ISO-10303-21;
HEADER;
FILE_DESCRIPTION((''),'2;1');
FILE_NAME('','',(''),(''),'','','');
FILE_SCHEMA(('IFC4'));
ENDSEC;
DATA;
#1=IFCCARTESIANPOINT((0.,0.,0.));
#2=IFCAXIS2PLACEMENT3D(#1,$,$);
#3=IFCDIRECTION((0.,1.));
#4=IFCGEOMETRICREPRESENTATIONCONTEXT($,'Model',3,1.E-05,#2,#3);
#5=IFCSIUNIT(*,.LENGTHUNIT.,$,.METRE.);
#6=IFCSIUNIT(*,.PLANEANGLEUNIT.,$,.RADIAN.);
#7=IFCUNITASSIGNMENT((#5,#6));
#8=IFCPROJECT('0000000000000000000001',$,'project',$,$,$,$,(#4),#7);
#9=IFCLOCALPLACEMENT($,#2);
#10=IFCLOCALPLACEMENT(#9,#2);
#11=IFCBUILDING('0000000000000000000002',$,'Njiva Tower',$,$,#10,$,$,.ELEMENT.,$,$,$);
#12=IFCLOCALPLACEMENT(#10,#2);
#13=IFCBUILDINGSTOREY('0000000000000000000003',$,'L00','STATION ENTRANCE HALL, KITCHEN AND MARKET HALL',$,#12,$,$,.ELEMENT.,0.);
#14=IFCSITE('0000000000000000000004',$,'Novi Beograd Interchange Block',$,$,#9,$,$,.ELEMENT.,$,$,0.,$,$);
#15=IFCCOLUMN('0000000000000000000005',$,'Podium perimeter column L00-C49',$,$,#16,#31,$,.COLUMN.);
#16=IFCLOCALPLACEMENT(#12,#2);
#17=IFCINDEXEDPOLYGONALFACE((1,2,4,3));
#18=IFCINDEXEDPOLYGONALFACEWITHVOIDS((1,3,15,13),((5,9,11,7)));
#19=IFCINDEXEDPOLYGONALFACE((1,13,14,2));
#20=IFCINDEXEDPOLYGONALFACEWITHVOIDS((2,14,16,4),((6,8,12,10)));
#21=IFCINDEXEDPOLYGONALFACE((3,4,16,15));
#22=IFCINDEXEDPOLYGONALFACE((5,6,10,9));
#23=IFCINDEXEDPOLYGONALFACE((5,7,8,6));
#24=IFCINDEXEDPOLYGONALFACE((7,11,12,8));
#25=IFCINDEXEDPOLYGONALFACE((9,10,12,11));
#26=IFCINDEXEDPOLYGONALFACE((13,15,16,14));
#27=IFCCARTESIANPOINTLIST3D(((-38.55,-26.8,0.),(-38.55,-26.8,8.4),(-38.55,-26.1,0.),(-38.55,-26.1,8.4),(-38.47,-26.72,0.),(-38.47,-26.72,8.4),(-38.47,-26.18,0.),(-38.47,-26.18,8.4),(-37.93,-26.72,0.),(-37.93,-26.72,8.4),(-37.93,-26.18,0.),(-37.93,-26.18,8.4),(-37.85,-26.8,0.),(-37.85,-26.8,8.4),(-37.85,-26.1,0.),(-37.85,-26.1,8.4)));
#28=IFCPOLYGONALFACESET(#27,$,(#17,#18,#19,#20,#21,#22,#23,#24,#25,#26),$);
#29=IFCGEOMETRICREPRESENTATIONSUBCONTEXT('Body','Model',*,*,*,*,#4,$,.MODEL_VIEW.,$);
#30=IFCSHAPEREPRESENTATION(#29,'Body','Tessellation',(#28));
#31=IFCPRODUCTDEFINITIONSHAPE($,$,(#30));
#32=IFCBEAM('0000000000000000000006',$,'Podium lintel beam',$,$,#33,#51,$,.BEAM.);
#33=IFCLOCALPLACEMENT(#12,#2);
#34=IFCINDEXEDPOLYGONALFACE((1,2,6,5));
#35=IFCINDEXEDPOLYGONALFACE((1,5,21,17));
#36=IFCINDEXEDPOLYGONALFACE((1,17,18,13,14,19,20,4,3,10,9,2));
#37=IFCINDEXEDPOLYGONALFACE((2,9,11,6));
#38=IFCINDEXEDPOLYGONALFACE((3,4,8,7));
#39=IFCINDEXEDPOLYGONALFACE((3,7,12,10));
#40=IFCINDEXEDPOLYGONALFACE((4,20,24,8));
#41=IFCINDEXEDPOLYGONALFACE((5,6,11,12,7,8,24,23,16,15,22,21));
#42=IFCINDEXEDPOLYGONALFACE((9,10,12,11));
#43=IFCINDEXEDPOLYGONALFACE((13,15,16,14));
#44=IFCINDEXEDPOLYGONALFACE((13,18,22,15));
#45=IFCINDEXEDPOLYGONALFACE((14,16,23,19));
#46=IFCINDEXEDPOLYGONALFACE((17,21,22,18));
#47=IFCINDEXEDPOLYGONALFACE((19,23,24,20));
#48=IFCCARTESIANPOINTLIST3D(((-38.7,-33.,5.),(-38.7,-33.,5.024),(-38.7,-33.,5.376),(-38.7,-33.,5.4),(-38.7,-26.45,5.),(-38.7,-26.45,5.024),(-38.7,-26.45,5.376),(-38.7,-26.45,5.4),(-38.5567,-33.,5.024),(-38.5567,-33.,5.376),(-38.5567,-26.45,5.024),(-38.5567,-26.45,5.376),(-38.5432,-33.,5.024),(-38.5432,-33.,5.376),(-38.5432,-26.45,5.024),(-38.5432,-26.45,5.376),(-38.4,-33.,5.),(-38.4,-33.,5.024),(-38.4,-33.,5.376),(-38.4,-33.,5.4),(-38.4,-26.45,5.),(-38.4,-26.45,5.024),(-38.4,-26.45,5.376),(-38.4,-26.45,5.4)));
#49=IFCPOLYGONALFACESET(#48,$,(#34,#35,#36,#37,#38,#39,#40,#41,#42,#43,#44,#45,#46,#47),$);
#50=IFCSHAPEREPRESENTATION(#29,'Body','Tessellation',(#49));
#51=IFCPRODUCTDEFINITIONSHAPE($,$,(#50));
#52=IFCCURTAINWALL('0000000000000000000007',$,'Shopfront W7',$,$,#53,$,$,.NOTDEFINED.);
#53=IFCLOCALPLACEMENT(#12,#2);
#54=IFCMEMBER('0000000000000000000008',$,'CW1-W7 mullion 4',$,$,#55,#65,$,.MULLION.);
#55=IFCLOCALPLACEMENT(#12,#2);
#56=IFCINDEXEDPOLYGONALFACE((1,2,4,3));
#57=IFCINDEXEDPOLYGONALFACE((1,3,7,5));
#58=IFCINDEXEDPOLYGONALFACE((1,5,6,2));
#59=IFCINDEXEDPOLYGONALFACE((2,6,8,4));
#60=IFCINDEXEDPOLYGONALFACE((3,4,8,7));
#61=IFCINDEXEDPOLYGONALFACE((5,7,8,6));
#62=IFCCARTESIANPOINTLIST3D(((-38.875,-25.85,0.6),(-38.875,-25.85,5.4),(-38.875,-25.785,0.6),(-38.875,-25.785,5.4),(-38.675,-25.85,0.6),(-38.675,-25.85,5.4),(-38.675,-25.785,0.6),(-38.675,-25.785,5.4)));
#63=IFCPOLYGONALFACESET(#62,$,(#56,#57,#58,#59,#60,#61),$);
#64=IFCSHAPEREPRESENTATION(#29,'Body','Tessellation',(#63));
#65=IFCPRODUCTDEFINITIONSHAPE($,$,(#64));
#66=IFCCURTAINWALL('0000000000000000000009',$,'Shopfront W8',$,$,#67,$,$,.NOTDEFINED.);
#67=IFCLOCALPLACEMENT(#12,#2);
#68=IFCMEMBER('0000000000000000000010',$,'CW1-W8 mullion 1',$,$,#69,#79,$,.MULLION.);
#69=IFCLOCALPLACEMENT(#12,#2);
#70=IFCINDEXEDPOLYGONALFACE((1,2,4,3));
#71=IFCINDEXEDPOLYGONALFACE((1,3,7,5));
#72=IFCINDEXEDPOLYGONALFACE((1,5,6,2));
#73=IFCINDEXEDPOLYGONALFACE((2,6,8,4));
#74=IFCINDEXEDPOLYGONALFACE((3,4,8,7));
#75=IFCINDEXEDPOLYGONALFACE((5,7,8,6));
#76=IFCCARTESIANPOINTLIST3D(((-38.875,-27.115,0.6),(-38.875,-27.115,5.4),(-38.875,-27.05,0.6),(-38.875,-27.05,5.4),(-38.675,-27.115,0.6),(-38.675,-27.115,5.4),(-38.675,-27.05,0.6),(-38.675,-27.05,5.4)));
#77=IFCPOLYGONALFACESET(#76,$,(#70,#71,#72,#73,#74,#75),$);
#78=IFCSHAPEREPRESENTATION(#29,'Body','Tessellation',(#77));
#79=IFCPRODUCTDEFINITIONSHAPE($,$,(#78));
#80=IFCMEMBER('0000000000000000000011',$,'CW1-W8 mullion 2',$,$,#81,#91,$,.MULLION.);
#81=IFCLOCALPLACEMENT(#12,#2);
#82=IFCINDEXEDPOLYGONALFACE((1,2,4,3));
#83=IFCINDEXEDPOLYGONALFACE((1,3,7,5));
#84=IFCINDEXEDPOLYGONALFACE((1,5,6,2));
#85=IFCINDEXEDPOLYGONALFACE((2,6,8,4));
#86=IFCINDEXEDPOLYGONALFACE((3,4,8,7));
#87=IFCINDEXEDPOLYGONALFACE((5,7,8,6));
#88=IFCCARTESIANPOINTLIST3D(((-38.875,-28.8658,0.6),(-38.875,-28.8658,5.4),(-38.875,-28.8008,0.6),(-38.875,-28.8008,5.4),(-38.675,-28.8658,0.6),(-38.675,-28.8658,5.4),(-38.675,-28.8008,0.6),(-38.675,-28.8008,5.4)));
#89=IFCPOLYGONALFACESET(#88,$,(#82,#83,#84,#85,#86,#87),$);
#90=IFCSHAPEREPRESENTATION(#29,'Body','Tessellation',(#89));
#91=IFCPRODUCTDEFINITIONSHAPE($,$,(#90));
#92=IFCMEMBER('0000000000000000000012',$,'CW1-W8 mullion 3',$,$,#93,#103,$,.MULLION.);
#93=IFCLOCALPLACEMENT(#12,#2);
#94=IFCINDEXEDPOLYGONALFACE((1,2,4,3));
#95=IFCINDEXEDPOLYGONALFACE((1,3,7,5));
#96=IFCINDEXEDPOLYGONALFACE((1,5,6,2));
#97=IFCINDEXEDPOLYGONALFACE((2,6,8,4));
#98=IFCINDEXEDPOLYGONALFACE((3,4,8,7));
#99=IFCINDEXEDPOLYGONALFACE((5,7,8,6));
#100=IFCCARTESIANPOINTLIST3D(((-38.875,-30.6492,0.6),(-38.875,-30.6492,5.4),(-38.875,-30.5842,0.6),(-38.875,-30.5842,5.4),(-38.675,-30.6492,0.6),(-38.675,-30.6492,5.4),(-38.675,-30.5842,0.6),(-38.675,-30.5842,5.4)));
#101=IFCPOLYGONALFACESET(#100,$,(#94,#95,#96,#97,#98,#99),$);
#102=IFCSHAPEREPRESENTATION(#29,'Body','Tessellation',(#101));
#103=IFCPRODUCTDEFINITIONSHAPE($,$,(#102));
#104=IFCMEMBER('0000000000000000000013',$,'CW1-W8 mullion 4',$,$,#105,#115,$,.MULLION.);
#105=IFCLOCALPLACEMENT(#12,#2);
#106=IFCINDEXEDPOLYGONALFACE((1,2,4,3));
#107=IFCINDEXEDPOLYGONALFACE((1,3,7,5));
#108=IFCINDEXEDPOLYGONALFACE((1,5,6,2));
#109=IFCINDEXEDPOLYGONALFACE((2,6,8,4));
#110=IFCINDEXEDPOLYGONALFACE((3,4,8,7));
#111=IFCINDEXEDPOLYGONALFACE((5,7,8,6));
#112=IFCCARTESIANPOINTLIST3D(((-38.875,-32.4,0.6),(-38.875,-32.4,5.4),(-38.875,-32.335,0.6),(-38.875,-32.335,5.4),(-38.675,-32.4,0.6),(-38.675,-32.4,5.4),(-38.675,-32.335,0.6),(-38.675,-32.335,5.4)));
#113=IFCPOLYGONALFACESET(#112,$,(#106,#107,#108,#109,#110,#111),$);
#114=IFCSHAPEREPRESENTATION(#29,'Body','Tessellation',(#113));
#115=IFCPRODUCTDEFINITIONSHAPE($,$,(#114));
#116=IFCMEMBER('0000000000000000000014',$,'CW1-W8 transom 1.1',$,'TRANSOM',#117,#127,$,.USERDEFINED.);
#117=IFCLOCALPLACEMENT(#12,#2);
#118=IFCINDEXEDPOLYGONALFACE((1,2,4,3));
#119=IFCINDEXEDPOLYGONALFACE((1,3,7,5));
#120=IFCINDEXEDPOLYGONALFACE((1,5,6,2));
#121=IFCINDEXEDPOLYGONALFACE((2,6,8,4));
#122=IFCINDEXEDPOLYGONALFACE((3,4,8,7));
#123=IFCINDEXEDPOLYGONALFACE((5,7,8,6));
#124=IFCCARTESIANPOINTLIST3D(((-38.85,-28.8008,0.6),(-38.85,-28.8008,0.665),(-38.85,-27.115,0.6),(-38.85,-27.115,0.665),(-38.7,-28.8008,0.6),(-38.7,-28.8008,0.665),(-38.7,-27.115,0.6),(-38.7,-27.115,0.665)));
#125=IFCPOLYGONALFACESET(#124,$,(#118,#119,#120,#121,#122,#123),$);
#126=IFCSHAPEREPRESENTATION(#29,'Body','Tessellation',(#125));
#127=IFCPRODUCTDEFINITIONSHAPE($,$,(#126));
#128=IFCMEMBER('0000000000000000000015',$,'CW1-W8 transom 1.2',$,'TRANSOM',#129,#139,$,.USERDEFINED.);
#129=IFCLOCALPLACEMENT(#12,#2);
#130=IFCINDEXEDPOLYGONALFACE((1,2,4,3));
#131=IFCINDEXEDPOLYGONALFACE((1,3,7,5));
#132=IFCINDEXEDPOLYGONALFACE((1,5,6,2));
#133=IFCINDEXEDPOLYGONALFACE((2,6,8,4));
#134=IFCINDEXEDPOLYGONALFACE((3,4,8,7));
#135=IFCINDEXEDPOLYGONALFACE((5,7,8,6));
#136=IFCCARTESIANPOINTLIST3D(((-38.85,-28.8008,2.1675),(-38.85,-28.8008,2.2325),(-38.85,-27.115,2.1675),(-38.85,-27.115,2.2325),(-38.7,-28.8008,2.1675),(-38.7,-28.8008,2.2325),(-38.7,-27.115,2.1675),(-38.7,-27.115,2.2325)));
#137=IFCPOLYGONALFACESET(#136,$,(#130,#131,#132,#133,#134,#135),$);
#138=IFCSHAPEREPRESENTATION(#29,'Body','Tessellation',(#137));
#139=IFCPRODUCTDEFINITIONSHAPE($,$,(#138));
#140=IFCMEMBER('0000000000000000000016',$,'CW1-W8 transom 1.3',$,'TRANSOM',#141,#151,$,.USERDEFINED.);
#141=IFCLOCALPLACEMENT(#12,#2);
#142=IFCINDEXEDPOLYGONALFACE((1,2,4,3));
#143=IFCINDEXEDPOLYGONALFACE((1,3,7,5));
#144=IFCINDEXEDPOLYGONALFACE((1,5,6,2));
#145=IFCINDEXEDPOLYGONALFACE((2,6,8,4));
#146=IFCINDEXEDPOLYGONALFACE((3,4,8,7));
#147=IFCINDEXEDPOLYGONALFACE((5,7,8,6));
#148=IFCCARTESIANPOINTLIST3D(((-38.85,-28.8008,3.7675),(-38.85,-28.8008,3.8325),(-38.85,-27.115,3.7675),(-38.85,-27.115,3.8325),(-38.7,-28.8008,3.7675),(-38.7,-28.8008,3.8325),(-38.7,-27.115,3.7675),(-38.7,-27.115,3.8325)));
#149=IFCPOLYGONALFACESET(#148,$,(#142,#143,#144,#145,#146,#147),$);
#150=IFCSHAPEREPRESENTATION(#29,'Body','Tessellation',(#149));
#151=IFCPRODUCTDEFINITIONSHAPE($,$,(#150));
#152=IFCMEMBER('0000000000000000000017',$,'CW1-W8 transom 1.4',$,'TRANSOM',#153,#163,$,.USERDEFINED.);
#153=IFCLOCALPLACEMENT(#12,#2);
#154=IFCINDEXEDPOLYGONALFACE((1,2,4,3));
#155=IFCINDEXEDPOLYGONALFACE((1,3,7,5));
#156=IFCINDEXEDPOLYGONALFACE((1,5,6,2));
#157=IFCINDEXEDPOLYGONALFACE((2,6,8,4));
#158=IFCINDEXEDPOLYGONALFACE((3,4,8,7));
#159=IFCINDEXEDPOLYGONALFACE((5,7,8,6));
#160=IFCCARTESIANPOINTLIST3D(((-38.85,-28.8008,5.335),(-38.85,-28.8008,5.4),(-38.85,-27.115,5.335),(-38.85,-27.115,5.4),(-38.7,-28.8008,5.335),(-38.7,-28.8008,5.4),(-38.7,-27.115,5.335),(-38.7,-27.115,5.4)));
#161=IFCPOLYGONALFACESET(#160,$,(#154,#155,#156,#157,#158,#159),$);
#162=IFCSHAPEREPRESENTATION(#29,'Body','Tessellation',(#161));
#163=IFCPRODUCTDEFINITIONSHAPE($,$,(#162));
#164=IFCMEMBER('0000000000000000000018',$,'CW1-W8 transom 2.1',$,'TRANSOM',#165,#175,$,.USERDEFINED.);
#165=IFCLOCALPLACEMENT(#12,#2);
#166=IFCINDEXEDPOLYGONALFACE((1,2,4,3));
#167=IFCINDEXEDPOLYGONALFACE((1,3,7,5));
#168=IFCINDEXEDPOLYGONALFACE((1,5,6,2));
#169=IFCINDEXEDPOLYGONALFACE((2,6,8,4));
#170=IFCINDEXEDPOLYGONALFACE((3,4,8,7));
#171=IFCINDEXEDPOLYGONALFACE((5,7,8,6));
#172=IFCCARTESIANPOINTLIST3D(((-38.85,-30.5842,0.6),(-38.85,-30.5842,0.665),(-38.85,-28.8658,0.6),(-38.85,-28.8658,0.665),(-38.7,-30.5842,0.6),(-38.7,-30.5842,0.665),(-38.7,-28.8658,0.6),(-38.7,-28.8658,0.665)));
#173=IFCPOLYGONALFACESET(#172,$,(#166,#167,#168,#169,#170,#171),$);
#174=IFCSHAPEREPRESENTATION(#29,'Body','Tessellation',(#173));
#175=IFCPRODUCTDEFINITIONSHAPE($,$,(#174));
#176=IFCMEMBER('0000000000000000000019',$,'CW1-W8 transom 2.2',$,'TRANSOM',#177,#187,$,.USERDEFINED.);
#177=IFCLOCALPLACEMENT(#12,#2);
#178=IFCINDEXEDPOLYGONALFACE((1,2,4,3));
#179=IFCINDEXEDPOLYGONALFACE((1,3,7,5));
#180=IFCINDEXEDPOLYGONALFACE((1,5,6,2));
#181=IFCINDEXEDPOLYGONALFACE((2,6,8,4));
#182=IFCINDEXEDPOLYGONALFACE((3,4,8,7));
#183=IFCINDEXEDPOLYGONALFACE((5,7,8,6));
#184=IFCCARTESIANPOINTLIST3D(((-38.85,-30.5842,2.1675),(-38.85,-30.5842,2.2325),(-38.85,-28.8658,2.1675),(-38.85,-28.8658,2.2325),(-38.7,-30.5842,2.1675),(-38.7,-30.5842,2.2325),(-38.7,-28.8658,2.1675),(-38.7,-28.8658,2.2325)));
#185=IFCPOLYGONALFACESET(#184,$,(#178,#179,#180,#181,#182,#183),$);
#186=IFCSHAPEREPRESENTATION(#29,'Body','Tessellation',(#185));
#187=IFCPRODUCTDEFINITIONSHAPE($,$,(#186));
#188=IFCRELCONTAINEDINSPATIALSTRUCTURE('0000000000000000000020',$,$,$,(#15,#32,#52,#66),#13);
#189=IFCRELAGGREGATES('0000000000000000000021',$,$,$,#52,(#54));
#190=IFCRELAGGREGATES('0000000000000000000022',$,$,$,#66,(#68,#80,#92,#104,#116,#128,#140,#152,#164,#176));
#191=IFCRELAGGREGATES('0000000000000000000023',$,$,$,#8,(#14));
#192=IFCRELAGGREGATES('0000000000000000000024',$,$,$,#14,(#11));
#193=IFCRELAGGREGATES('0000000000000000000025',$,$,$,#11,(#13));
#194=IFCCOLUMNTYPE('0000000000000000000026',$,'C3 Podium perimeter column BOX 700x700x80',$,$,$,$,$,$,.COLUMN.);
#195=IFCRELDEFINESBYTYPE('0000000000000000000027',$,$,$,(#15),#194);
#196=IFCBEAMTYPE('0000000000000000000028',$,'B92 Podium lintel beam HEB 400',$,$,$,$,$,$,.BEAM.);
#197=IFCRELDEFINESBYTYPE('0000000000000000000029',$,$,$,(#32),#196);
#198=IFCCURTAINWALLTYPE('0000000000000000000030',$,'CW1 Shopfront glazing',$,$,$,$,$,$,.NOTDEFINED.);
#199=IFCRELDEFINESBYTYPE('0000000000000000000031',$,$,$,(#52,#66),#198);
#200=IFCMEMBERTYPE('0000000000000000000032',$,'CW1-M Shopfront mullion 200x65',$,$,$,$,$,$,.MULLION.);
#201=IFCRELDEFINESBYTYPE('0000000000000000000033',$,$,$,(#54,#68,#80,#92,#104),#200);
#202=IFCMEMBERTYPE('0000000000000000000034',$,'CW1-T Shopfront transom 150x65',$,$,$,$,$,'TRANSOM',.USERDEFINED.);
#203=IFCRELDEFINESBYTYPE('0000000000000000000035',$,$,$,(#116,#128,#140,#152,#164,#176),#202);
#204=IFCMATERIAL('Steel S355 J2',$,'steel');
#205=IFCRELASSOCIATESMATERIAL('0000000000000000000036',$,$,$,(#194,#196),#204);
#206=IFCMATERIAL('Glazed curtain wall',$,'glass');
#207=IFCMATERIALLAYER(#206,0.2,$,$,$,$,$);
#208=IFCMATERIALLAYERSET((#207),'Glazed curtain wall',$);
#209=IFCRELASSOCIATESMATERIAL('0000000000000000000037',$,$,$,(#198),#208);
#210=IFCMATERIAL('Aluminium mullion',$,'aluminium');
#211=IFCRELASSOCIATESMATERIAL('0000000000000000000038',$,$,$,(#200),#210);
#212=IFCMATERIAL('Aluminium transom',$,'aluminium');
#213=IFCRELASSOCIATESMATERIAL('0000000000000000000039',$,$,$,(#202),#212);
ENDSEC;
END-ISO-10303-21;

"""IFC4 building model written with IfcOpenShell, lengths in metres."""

from ifc_helpers import new_model, si_unit, direction, frame, origin, origin_2d, place, context, subcontext, project, spatial, rectangle, hollow_rectangle, i_section, extrude, material, layer, layer_set, material_profile, profile_set, type_object, element, aggregate, save


model = new_model("IFC4")

# Units and contexts
model_context = context("Model", 3, precision=1e-05, world=origin(), true_north=direction((0.0, 1.0)))
body_context = subcontext(model_context, "Body", "Model", "MODEL_VIEW")
ifc_project = project(units=[si_unit("LENGTHUNIT", "METRE"), si_unit("PLANEANGLEUNIT", "RADIAN")], contexts=[model_context])

# Site, building, storey
site_placement = place(None, origin())
site = spatial("IfcSite", under=ifc_project, at=site_placement, Name="Novi Beograd Interchange Block", CompositionType="ELEMENT", RefElevation=0.0)
building_placement = place(site_placement, origin())
building = spatial("IfcBuilding", under=site, at=building_placement, Name="Njiva Tower", CompositionType="ELEMENT")
storey_placement = place(building_placement, origin())
storey = spatial("IfcBuildingStorey", under=building, at=storey_placement, Name="L00", Description="STATION ENTRANCE HALL, KITCHEN AND MARKET HALL", CompositionType="ELEMENT", Elevation=0.0)

# Column
ifc_material_1 = material(Name="Steel S355 J2", Category="steel")
ifc_material_profile_1 = material_profile(ifc_material_1, hollow_rectangle(XDim=0.7, YDim=0.7, WallThickness=0.08, at=origin_2d()), Name="BOX 700x700x80")
ifc_profile_set_1 = profile_set([ifc_material_profile_1], Name="Steel S355 J2")
column_type = type_object("IfcColumnType", Name="C3 Podium perimeter column BOX 700x700x80", PredefinedType="COLUMN", material=ifc_profile_set_1)
column_placement = place(storey_placement, frame((-38.2, -26.45, 0.0), z_axis=(0.0, 0.0, 1.0), x_axis=(0.0, -1.0, 0.0)))
element("IfcColumn", 1, at=column_placement, inside=storey, type_object=column_type, Name="Podium perimeter column L00-C49", PredefinedType="COLUMN", context=body_context, shape_type="SweptSolid", body=[
    extrude(hollow_rectangle(XDim=0.7, YDim=0.7, WallThickness=0.08, at=origin_2d()), origin(), (0.0, 0.0, 1.0), 8.4),
])

# Beam
ifc_material_profile_2 = material_profile(ifc_material_1, i_section(OverallWidth=0.3, OverallDepth=0.4, WebThickness=0.0135, FlangeThickness=0.024, at=origin_2d()), Name="HEB400")
ifc_profile_set_2 = profile_set([ifc_material_profile_2], Name="Steel S355 J2")
beam_type = type_object("IfcBeamType", Name="B92 Podium lintel beam HEB 400", PredefinedType="BEAM", material=ifc_profile_set_2)
beam_placement = place(storey_placement, frame((-38.55, -26.45, 5.2), z_axis=(0.0, -1.0, 0.0), x_axis=(1.0, 0.0, 0.0)))
element("IfcBeam", 2, at=beam_placement, inside=storey, type_object=beam_type, Name="Podium lintel beam", PredefinedType="BEAM", context=body_context, shape_type="SweptSolid", body=[
    extrude(i_section(OverallWidth=0.3, OverallDepth=0.4, WebThickness=0.0135, FlangeThickness=0.024, at=origin_2d()), origin(), (0.0, 0.0, 1.0), 6.55),
])

# Curtain wall, member
ifc_material_2 = material(Name="Glazed curtain wall", Category="glass")
ifc_layer_1 = layer(ifc_material_2, 0.2)
ifc_layer_set_1 = layer_set([ifc_layer_1], Name="Glazed curtain wall")
curtain_wall_type = type_object("IfcCurtainWallType", Name="CW1 Shopfront glazing", PredefinedType="NOTDEFINED", material=ifc_layer_set_1)
curtain_wall_1_placement = place(storey_placement, origin())
curtain_wall_1 = element("IfcCurtainWall", 3, at=curtain_wall_1_placement, inside=storey, type_object=curtain_wall_type, Name="Shopfront W7", PredefinedType="NOTDEFINED")
ifc_material_3 = material(Name="Aluminium mullion", Category="aluminium")
ifc_material_profile_3 = material_profile(ifc_material_3, rectangle(XDim=0.2, YDim=0.065, at=origin_2d()), Name="RECT 200x65")
ifc_profile_set_3 = profile_set([ifc_material_profile_3], Name="Aluminium mullion")
member_type_1 = type_object("IfcMemberType", Name="CW1-M Shopfront mullion 200x65", PredefinedType="MULLION", material=ifc_profile_set_3)
member_1_placement = place(storey_placement, frame((-38.775, -25.8175, 0.6), z_axis=(0.0, 0.0, 1.0), x_axis=(1.0, 0.0, 0.0)))
member_1 = element("IfcMember", 4, at=member_1_placement, type_object=member_type_1, Name="CW1-W7 mullion 4", PredefinedType="MULLION", context=body_context, shape_type="SweptSolid", body=[
    extrude(rectangle(XDim=0.2, YDim=0.065, at=origin_2d()), origin(), (0.0, 0.0, 1.0), 4.8),
])

# Curtain wall, members
curtain_wall_2_placement = place(storey_placement, origin())
curtain_wall_2 = element("IfcCurtainWall", 5, at=curtain_wall_2_placement, inside=storey, type_object=curtain_wall_type, Name="Shopfront W8", PredefinedType="NOTDEFINED")
member_2_placement = place(storey_placement, frame((-38.775, -27.0825, 0.6), z_axis=(0.0, 0.0, 1.0), x_axis=(1.0, 0.0, 0.0)))
member_2 = element("IfcMember", 6, at=member_2_placement, type_object=member_type_1, Name="CW1-W8 mullion 1", PredefinedType="MULLION", context=body_context, shape_type="SweptSolid", body=[
    extrude(rectangle(XDim=0.2, YDim=0.065, at=origin_2d()), origin(), (0.0, 0.0, 1.0), 4.8),
])
member_3_placement = place(storey_placement, frame((-38.775, -28.8333, 0.6), z_axis=(0.0, 0.0, 1.0), x_axis=(1.0, 0.0, 0.0)))
member_3 = element("IfcMember", 7, at=member_3_placement, type_object=member_type_1, Name="CW1-W8 mullion 2", PredefinedType="MULLION", context=body_context, shape_type="SweptSolid", body=[
    extrude(rectangle(XDim=0.2, YDim=0.065, at=origin_2d()), origin(), (0.0, 0.0, 1.0), 4.8),
])
member_4_placement = place(storey_placement, frame((-38.775, -30.6167, 0.6), z_axis=(0.0, 0.0, 1.0), x_axis=(1.0, 0.0, 0.0)))
member_4 = element("IfcMember", 8, at=member_4_placement, type_object=member_type_1, Name="CW1-W8 mullion 3", PredefinedType="MULLION", context=body_context, shape_type="SweptSolid", body=[
    extrude(rectangle(XDim=0.2, YDim=0.065, at=origin_2d()), origin(), (0.0, 0.0, 1.0), 4.8),
])
member_5_placement = place(storey_placement, frame((-38.775, -32.3675, 0.6), z_axis=(0.0, 0.0, 1.0), x_axis=(1.0, 0.0, 0.0)))
member_5 = element("IfcMember", 9, at=member_5_placement, type_object=member_type_1, Name="CW1-W8 mullion 4", PredefinedType="MULLION", context=body_context, shape_type="SweptSolid", body=[
    extrude(rectangle(XDim=0.2, YDim=0.065, at=origin_2d()), origin(), (0.0, 0.0, 1.0), 4.8),
])
ifc_material_4 = material(Name="Aluminium transom", Category="aluminium")
ifc_material_profile_4 = material_profile(ifc_material_4, rectangle(XDim=0.15, YDim=0.065, at=origin_2d()), Name="RECT 150x65")
ifc_profile_set_4 = profile_set([ifc_material_profile_4], Name="Aluminium transom")
member_type_2 = type_object("IfcMemberType", Name="CW1-T Shopfront transom 150x65", ElementType="TRANSOM", PredefinedType="USERDEFINED", material=ifc_profile_set_4)
member_6_placement = place(storey_placement, frame((-38.775, -27.115, 0.6325), z_axis=(0.0, -1.0, 0.0), x_axis=(1.0, 0.0, 0.0)))
member_6 = element("IfcMember", 10, at=member_6_placement, type_object=member_type_2, Name="CW1-W8 transom 1.1", ObjectType="TRANSOM", PredefinedType="USERDEFINED", context=body_context, shape_type="SweptSolid", body=[
    extrude(rectangle(XDim=0.15, YDim=0.065, at=origin_2d()), origin(), (0.0, 0.0, 1.0), 1.6858),
])
member_7_placement = place(storey_placement, frame((-38.775, -27.115, 2.2), z_axis=(0.0, -1.0, 0.0), x_axis=(1.0, 0.0, 0.0)))
member_7 = element("IfcMember", 11, at=member_7_placement, type_object=member_type_2, Name="CW1-W8 transom 1.2", ObjectType="TRANSOM", PredefinedType="USERDEFINED", context=body_context, shape_type="SweptSolid", body=[
    extrude(rectangle(XDim=0.15, YDim=0.065, at=origin_2d()), origin(), (0.0, 0.0, 1.0), 1.6858),
])
member_8_placement = place(storey_placement, frame((-38.775, -27.115, 3.8), z_axis=(0.0, -1.0, 0.0), x_axis=(1.0, 0.0, 0.0)))
member_8 = element("IfcMember", 12, at=member_8_placement, type_object=member_type_2, Name="CW1-W8 transom 1.3", ObjectType="TRANSOM", PredefinedType="USERDEFINED", context=body_context, shape_type="SweptSolid", body=[
    extrude(rectangle(XDim=0.15, YDim=0.065, at=origin_2d()), origin(), (0.0, 0.0, 1.0), 1.6858),
])
member_9_placement = place(storey_placement, frame((-38.775, -27.115, 5.3675), z_axis=(0.0, -1.0, 0.0), x_axis=(1.0, 0.0, 0.0)))
member_9 = element("IfcMember", 13, at=member_9_placement, type_object=member_type_2, Name="CW1-W8 transom 1.4", ObjectType="TRANSOM", PredefinedType="USERDEFINED", context=body_context, shape_type="SweptSolid", body=[
    extrude(rectangle(XDim=0.15, YDim=0.065, at=origin_2d()), origin(), (0.0, 0.0, 1.0), 1.6858),
])
member_10_placement = place(storey_placement, frame((-38.775, -28.8658, 0.6325), z_axis=(0.0, -1.0, 0.0), x_axis=(1.0, 0.0, 0.0)))
member_10 = element("IfcMember", 14, at=member_10_placement, type_object=member_type_2, Name="CW1-W8 transom 2.1", ObjectType="TRANSOM", PredefinedType="USERDEFINED", context=body_context, shape_type="SweptSolid", body=[
    extrude(rectangle(XDim=0.15, YDim=0.065, at=origin_2d()), origin(), (0.0, 0.0, 1.0), 1.7184),
])
member_11_placement = place(storey_placement, frame((-38.775, -28.8658, 2.2), z_axis=(0.0, -1.0, 0.0), x_axis=(1.0, 0.0, 0.0)))
member_11 = element("IfcMember", 15, at=member_11_placement, type_object=member_type_2, Name="CW1-W8 transom 2.2", ObjectType="TRANSOM", PredefinedType="USERDEFINED", context=body_context, shape_type="SweptSolid", body=[
    extrude(rectangle(XDim=0.15, YDim=0.065, at=origin_2d()), origin(), (0.0, 0.0, 1.0), 1.7184),
])

aggregate(curtain_wall_1, [member_1])
aggregate(curtain_wall_2, [member_2, member_3, member_4, member_5, member_6, member_7, member_8, member_9, member_10, member_11])

save(model, "model.ifc")
